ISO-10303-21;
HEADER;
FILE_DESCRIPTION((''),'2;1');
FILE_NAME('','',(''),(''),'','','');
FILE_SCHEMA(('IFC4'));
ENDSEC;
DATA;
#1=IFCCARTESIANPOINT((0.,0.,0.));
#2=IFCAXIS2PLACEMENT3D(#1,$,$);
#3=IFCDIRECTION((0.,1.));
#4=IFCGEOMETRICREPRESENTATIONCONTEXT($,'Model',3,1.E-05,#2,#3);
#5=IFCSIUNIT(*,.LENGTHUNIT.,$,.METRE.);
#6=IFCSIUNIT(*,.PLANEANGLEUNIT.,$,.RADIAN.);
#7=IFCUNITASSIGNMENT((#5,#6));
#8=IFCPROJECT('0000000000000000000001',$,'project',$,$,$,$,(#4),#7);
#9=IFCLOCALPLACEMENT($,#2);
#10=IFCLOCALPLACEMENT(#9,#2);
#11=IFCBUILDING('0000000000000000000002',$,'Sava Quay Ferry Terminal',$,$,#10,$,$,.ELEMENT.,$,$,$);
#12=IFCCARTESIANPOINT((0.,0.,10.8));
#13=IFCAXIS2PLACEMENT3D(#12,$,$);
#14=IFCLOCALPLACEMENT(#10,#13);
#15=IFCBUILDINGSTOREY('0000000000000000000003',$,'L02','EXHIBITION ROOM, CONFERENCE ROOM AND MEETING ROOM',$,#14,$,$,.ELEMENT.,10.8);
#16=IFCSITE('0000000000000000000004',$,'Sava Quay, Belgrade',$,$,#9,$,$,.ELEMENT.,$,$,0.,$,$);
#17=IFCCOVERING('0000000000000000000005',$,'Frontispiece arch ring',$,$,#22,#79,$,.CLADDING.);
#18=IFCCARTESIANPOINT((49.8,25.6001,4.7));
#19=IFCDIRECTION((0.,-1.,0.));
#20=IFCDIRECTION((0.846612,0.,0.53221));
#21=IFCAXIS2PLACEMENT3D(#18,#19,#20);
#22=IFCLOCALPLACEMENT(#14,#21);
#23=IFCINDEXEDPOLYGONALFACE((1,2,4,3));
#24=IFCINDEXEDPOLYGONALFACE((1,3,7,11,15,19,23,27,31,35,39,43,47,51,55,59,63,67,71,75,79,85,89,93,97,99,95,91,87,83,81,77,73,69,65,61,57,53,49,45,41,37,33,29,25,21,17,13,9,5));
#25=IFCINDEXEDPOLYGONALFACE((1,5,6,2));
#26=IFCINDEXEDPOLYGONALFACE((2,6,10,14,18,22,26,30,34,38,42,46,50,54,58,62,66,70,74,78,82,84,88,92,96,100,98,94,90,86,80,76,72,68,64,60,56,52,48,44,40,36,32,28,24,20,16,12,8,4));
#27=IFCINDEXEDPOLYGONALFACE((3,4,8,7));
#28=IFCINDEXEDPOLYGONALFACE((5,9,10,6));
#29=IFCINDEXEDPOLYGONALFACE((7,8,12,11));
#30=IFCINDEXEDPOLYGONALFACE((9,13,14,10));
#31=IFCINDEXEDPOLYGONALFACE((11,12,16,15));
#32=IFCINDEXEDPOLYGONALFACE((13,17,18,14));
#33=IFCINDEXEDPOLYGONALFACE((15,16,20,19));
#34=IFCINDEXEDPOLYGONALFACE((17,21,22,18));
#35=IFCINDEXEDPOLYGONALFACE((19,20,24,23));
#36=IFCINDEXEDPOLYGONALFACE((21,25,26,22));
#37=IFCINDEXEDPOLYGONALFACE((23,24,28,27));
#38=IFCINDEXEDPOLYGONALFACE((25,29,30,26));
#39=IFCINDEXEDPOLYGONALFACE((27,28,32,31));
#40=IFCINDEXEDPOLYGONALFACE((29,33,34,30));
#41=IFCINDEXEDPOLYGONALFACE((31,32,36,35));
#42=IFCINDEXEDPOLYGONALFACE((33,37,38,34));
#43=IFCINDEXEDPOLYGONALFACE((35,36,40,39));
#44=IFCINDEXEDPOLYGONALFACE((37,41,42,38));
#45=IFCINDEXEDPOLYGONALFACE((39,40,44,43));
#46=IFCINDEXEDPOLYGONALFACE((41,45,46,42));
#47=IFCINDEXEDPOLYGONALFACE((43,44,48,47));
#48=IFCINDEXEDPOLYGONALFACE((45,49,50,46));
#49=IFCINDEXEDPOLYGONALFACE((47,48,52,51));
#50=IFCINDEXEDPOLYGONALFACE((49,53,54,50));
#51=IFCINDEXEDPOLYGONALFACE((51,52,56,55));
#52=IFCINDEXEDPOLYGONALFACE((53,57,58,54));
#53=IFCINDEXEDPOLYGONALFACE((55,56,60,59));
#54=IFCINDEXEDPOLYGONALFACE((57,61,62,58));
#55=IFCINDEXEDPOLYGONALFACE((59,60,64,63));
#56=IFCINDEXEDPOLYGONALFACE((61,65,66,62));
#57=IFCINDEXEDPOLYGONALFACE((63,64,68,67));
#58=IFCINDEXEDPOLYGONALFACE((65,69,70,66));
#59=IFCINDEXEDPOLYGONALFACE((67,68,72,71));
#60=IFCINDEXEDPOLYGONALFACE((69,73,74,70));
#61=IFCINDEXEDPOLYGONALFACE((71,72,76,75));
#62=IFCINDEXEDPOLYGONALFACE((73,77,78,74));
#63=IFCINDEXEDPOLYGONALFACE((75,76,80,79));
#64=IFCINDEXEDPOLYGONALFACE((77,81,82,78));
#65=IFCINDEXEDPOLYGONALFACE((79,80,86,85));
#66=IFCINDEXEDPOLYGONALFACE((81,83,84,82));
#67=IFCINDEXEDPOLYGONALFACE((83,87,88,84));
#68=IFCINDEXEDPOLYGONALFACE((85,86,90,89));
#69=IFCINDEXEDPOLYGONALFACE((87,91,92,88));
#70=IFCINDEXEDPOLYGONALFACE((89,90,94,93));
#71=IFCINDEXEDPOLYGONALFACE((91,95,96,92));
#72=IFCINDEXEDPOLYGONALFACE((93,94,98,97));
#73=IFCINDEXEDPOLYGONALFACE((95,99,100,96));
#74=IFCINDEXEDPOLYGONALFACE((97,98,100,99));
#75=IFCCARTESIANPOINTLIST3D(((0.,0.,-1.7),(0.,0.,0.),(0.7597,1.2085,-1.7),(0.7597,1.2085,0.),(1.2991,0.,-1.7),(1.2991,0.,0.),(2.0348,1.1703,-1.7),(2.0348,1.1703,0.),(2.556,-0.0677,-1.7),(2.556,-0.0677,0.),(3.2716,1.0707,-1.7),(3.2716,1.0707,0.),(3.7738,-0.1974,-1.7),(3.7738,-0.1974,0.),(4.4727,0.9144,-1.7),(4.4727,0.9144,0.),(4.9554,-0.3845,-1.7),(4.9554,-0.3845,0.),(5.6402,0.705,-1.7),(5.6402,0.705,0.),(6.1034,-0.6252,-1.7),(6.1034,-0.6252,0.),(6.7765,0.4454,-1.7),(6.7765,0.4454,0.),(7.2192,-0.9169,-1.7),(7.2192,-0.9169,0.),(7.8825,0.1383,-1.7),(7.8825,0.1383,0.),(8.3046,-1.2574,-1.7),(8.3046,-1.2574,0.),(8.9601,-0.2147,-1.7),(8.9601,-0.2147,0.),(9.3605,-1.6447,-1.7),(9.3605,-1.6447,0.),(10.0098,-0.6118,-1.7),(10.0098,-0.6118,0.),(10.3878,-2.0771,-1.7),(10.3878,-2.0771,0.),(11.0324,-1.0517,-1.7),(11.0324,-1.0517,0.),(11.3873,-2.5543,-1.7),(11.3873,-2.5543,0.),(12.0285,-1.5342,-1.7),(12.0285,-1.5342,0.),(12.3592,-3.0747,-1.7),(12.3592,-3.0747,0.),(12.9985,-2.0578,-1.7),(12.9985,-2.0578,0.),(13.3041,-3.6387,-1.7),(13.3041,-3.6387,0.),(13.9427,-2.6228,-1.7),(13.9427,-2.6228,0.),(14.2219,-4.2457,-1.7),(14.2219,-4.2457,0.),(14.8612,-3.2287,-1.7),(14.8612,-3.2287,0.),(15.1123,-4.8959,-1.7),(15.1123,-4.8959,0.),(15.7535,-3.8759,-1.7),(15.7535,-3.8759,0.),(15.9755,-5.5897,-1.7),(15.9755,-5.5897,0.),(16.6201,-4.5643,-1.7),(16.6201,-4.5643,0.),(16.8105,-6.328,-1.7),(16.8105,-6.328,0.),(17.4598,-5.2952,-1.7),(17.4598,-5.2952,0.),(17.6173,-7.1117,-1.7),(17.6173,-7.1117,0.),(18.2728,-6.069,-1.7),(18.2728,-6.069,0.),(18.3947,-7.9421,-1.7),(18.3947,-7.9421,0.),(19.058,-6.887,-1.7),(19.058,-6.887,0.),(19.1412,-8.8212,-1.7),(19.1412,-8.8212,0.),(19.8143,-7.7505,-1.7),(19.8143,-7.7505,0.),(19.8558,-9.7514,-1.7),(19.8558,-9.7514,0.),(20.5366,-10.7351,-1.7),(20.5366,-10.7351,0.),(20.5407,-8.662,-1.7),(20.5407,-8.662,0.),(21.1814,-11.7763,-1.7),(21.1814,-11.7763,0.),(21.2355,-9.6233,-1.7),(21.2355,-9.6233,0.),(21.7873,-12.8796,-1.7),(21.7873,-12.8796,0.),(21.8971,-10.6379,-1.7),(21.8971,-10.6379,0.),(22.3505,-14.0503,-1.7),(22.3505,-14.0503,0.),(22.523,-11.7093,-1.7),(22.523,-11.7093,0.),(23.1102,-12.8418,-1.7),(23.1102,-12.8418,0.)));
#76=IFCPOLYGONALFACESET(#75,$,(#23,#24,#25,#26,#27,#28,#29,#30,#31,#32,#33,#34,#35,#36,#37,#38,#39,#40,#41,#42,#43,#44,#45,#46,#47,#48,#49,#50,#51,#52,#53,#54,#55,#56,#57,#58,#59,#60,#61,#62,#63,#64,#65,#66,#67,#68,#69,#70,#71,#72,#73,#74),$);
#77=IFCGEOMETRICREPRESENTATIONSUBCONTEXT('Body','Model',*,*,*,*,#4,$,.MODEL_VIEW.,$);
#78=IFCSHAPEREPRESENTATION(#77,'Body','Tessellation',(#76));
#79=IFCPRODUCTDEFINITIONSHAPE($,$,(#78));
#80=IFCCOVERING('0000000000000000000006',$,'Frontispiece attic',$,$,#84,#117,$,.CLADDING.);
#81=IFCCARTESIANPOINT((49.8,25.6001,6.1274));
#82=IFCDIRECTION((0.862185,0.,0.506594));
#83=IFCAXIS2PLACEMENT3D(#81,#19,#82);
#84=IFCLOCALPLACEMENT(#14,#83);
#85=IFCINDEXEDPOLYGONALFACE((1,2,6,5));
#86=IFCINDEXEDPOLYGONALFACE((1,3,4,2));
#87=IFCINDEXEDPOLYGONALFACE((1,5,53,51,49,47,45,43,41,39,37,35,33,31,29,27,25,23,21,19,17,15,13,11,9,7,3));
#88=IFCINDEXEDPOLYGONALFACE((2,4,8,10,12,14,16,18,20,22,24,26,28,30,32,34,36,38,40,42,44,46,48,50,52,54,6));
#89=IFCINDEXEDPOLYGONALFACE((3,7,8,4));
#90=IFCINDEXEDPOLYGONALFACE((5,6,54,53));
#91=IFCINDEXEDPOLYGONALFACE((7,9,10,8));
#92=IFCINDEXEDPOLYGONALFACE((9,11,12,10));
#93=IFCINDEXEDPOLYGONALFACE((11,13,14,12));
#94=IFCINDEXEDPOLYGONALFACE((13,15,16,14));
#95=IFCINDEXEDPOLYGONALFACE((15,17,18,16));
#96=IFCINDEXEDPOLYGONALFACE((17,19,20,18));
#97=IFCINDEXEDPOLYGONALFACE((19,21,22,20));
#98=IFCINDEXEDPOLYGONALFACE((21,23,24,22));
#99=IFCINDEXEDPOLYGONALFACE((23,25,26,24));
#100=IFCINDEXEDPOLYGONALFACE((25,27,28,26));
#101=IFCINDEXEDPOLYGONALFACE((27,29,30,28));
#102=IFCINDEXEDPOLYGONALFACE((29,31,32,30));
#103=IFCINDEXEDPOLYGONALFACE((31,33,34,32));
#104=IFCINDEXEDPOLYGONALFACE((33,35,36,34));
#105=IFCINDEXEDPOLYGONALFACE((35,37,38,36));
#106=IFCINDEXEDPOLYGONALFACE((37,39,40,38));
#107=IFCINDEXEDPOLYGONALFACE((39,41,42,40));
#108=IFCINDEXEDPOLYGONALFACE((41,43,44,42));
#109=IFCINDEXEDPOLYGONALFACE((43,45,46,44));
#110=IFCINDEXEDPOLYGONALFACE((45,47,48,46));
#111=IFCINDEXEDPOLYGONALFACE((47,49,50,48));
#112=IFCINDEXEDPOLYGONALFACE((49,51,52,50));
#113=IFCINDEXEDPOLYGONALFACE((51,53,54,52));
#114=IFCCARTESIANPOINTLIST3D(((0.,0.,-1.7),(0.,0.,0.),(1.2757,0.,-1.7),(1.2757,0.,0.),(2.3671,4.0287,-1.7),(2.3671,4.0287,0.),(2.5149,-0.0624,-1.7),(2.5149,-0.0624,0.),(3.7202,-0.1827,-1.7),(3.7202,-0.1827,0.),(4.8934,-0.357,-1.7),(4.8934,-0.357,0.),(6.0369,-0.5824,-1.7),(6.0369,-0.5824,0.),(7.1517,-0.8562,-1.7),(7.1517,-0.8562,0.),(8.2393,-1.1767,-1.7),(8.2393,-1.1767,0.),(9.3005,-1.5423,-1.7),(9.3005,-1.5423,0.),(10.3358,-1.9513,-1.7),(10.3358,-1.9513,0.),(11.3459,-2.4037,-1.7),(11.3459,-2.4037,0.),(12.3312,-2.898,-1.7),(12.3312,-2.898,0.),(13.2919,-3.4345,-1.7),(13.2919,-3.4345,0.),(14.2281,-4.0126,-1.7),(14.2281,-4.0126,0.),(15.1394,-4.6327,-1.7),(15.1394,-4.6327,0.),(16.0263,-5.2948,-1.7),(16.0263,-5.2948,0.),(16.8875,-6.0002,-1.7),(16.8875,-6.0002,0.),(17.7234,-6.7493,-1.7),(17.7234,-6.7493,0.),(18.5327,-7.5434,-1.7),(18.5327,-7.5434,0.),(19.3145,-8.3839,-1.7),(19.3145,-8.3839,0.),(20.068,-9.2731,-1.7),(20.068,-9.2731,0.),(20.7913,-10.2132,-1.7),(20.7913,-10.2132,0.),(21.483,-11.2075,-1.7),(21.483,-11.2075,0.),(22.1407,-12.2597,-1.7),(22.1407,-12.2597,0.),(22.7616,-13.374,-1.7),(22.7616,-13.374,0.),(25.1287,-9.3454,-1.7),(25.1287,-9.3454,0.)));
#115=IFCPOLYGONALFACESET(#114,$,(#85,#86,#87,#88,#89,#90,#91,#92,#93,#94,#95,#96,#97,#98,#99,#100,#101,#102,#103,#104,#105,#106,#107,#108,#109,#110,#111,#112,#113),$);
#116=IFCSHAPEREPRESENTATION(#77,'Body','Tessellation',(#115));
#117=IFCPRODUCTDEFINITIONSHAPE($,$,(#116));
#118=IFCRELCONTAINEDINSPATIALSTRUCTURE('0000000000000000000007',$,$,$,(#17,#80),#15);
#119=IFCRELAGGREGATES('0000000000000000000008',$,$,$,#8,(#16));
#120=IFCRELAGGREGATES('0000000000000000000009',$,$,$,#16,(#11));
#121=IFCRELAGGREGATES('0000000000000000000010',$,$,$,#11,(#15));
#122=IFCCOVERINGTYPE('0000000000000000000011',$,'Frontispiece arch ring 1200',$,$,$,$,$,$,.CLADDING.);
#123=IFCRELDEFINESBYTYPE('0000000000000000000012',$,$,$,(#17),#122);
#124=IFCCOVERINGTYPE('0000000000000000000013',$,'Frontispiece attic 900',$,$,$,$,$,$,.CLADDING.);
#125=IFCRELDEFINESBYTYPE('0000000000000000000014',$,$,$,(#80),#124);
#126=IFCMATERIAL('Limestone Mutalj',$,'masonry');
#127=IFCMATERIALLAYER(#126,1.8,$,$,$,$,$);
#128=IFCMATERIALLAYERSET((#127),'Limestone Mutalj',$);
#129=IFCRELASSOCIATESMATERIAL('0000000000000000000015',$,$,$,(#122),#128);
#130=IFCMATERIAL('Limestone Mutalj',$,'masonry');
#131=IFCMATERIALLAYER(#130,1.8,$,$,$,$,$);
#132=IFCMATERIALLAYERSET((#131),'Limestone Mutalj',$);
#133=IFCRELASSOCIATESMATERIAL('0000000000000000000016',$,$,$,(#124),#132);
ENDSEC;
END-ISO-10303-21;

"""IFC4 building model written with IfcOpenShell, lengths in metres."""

from ifc_helpers import new_model, si_unit, direction, frame, origin, place, context, subcontext, project, spatial, polyline, outline, extrude, material, layer, layer_set, type_object, element, save


model = new_model("IFC4")

# Units and contexts
model_context = context("Model", 3, precision=1e-05, world=origin(), true_north=direction((0.0, 1.0)))
body_context = subcontext(model_context, "Body", "Model", "MODEL_VIEW")
ifc_project = project(units=[si_unit("LENGTHUNIT", "METRE"), si_unit("PLANEANGLEUNIT", "RADIAN")], contexts=[model_context])

# Site, building, storey
site_placement = place(None, origin())
site = spatial("IfcSite", under=ifc_project, at=site_placement, Name="Sava Quay, Belgrade", CompositionType="ELEMENT", RefElevation=0.0)
building_placement = place(site_placement, origin())
building = spatial("IfcBuilding", under=site, at=building_placement, Name="Sava Quay Ferry Terminal", CompositionType="ELEMENT")
storey_placement = place(building_placement, frame((0.0, 0.0, 10.8)))
storey = spatial("IfcBuildingStorey", under=building, at=storey_placement, Name="L02", Description="EXHIBITION ROOM, CONFERENCE ROOM AND MEETING ROOM", CompositionType="ELEMENT", Elevation=10.8)

# Coverings
ifc_material_1 = material(Name="Limestone Mutalj", Category="masonry")
ifc_layer_1 = layer(ifc_material_1, 1.8)
ifc_layer_set_1 = layer_set([ifc_layer_1], Name="Limestone Mutalj")
covering_type_1 = type_object("IfcCoveringType", Name="Frontispiece arch ring 1200", PredefinedType="CLADDING", material=ifc_layer_set_1)
covering_1_placement = place(storey_placement, frame((49.8, 25.6001, 4.7), z_axis=(0.0, -1.0, 0.0), x_axis=(0.846612, 0.0, 0.53221)))
element("IfcCovering", 1, at=covering_1_placement, inside=storey, type_object=covering_type_1, Name="Frontispiece arch ring", PredefinedType="CLADDING", context=body_context, shape_type="SweptSolid", body=[
    extrude(outline(polyline([(0.0, 0.0), (1.2991, 0.0), (2.556, -0.0677), (3.7738, -0.1974), (4.9554, -0.3845), (6.1034, -0.6252), (7.2192, -0.9169), (8.3046, -1.2574), (9.3605, -1.6447), (10.3878, -2.0771), (11.3873, -2.5543), (12.3592, -3.0747), (13.3041, -3.6387), (14.2219, -4.2457), (15.1123, -4.8959), (15.9755, -5.5897), (16.8105, -6.328), (17.6173, -7.1117), (18.3947, -7.9421), (19.1412, -8.8212), (19.8558, -9.7514), (20.5366, -10.7351), (21.1814, -11.7763), (21.7873, -12.8796), (22.3505, -14.0503), (23.1102, -12.8418), (22.523, -11.7093), (21.8971, -10.6379), (21.2355, -9.6233), (20.5407, -8.662), (19.8143, -7.7505), (19.058, -6.887), (18.2728, -6.069), (17.4598, -5.2952), (16.6201, -4.5643), (15.7535, -3.8759), (14.8612, -3.2287), (13.9427, -2.6228), (12.9985, -2.0578), (12.0285, -1.5342), (11.0324, -1.0517), (10.0098, -0.6118), (8.9601, -0.2147), (7.8825, 0.1383), (6.7765, 0.4454), (5.6402, 0.705), (4.4727, 0.9144), (3.2716, 1.0707), (2.0348, 1.1703), (0.7597, 1.2085), (0.0, 0.0)])), origin(), (0.0, 0.0, -1.0), 1.7),
])
ifc_material_2 = material(Name="Limestone Mutalj", Category="masonry")
ifc_layer_2 = layer(ifc_material_2, 1.8)
ifc_layer_set_2 = layer_set([ifc_layer_2], Name="Limestone Mutalj")
covering_type_2 = type_object("IfcCoveringType", Name="Frontispiece attic 900", PredefinedType="CLADDING", material=ifc_layer_set_2)
covering_2_placement = place(storey_placement, frame((49.8, 25.6001, 6.1274), z_axis=(0.0, -1.0, 0.0), x_axis=(0.862185, 0.0, 0.506594)))
element("IfcCovering", 2, at=covering_2_placement, inside=storey, type_object=covering_type_2, Name="Frontispiece attic", PredefinedType="CLADDING", context=body_context, shape_type="SweptSolid", body=[
    extrude(outline(polyline([(0.0, 0.0), (1.2757, 0.0), (2.5149, -0.0624), (3.7202, -0.1827), (4.8934, -0.357), (6.0369, -0.5824), (7.1517, -0.8562), (8.2393, -1.1767), (9.3005, -1.5423), (10.3358, -1.9513), (11.3459, -2.4037), (12.3312, -2.898), (13.2919, -3.4345), (14.2281, -4.0126), (15.1394, -4.6327), (16.0263, -5.2948), (16.8875, -6.0002), (17.7234, -6.7493), (18.5327, -7.5434), (19.3145, -8.3839), (20.068, -9.2731), (20.7913, -10.2132), (21.483, -11.2075), (22.1407, -12.2597), (22.7616, -13.374), (25.1287, -9.3454), (2.3671, 4.0287), (0.0, 0.0)])), origin(), (0.0, 0.0, -1.0), 1.7),
])

save(model, "model.ifc")
